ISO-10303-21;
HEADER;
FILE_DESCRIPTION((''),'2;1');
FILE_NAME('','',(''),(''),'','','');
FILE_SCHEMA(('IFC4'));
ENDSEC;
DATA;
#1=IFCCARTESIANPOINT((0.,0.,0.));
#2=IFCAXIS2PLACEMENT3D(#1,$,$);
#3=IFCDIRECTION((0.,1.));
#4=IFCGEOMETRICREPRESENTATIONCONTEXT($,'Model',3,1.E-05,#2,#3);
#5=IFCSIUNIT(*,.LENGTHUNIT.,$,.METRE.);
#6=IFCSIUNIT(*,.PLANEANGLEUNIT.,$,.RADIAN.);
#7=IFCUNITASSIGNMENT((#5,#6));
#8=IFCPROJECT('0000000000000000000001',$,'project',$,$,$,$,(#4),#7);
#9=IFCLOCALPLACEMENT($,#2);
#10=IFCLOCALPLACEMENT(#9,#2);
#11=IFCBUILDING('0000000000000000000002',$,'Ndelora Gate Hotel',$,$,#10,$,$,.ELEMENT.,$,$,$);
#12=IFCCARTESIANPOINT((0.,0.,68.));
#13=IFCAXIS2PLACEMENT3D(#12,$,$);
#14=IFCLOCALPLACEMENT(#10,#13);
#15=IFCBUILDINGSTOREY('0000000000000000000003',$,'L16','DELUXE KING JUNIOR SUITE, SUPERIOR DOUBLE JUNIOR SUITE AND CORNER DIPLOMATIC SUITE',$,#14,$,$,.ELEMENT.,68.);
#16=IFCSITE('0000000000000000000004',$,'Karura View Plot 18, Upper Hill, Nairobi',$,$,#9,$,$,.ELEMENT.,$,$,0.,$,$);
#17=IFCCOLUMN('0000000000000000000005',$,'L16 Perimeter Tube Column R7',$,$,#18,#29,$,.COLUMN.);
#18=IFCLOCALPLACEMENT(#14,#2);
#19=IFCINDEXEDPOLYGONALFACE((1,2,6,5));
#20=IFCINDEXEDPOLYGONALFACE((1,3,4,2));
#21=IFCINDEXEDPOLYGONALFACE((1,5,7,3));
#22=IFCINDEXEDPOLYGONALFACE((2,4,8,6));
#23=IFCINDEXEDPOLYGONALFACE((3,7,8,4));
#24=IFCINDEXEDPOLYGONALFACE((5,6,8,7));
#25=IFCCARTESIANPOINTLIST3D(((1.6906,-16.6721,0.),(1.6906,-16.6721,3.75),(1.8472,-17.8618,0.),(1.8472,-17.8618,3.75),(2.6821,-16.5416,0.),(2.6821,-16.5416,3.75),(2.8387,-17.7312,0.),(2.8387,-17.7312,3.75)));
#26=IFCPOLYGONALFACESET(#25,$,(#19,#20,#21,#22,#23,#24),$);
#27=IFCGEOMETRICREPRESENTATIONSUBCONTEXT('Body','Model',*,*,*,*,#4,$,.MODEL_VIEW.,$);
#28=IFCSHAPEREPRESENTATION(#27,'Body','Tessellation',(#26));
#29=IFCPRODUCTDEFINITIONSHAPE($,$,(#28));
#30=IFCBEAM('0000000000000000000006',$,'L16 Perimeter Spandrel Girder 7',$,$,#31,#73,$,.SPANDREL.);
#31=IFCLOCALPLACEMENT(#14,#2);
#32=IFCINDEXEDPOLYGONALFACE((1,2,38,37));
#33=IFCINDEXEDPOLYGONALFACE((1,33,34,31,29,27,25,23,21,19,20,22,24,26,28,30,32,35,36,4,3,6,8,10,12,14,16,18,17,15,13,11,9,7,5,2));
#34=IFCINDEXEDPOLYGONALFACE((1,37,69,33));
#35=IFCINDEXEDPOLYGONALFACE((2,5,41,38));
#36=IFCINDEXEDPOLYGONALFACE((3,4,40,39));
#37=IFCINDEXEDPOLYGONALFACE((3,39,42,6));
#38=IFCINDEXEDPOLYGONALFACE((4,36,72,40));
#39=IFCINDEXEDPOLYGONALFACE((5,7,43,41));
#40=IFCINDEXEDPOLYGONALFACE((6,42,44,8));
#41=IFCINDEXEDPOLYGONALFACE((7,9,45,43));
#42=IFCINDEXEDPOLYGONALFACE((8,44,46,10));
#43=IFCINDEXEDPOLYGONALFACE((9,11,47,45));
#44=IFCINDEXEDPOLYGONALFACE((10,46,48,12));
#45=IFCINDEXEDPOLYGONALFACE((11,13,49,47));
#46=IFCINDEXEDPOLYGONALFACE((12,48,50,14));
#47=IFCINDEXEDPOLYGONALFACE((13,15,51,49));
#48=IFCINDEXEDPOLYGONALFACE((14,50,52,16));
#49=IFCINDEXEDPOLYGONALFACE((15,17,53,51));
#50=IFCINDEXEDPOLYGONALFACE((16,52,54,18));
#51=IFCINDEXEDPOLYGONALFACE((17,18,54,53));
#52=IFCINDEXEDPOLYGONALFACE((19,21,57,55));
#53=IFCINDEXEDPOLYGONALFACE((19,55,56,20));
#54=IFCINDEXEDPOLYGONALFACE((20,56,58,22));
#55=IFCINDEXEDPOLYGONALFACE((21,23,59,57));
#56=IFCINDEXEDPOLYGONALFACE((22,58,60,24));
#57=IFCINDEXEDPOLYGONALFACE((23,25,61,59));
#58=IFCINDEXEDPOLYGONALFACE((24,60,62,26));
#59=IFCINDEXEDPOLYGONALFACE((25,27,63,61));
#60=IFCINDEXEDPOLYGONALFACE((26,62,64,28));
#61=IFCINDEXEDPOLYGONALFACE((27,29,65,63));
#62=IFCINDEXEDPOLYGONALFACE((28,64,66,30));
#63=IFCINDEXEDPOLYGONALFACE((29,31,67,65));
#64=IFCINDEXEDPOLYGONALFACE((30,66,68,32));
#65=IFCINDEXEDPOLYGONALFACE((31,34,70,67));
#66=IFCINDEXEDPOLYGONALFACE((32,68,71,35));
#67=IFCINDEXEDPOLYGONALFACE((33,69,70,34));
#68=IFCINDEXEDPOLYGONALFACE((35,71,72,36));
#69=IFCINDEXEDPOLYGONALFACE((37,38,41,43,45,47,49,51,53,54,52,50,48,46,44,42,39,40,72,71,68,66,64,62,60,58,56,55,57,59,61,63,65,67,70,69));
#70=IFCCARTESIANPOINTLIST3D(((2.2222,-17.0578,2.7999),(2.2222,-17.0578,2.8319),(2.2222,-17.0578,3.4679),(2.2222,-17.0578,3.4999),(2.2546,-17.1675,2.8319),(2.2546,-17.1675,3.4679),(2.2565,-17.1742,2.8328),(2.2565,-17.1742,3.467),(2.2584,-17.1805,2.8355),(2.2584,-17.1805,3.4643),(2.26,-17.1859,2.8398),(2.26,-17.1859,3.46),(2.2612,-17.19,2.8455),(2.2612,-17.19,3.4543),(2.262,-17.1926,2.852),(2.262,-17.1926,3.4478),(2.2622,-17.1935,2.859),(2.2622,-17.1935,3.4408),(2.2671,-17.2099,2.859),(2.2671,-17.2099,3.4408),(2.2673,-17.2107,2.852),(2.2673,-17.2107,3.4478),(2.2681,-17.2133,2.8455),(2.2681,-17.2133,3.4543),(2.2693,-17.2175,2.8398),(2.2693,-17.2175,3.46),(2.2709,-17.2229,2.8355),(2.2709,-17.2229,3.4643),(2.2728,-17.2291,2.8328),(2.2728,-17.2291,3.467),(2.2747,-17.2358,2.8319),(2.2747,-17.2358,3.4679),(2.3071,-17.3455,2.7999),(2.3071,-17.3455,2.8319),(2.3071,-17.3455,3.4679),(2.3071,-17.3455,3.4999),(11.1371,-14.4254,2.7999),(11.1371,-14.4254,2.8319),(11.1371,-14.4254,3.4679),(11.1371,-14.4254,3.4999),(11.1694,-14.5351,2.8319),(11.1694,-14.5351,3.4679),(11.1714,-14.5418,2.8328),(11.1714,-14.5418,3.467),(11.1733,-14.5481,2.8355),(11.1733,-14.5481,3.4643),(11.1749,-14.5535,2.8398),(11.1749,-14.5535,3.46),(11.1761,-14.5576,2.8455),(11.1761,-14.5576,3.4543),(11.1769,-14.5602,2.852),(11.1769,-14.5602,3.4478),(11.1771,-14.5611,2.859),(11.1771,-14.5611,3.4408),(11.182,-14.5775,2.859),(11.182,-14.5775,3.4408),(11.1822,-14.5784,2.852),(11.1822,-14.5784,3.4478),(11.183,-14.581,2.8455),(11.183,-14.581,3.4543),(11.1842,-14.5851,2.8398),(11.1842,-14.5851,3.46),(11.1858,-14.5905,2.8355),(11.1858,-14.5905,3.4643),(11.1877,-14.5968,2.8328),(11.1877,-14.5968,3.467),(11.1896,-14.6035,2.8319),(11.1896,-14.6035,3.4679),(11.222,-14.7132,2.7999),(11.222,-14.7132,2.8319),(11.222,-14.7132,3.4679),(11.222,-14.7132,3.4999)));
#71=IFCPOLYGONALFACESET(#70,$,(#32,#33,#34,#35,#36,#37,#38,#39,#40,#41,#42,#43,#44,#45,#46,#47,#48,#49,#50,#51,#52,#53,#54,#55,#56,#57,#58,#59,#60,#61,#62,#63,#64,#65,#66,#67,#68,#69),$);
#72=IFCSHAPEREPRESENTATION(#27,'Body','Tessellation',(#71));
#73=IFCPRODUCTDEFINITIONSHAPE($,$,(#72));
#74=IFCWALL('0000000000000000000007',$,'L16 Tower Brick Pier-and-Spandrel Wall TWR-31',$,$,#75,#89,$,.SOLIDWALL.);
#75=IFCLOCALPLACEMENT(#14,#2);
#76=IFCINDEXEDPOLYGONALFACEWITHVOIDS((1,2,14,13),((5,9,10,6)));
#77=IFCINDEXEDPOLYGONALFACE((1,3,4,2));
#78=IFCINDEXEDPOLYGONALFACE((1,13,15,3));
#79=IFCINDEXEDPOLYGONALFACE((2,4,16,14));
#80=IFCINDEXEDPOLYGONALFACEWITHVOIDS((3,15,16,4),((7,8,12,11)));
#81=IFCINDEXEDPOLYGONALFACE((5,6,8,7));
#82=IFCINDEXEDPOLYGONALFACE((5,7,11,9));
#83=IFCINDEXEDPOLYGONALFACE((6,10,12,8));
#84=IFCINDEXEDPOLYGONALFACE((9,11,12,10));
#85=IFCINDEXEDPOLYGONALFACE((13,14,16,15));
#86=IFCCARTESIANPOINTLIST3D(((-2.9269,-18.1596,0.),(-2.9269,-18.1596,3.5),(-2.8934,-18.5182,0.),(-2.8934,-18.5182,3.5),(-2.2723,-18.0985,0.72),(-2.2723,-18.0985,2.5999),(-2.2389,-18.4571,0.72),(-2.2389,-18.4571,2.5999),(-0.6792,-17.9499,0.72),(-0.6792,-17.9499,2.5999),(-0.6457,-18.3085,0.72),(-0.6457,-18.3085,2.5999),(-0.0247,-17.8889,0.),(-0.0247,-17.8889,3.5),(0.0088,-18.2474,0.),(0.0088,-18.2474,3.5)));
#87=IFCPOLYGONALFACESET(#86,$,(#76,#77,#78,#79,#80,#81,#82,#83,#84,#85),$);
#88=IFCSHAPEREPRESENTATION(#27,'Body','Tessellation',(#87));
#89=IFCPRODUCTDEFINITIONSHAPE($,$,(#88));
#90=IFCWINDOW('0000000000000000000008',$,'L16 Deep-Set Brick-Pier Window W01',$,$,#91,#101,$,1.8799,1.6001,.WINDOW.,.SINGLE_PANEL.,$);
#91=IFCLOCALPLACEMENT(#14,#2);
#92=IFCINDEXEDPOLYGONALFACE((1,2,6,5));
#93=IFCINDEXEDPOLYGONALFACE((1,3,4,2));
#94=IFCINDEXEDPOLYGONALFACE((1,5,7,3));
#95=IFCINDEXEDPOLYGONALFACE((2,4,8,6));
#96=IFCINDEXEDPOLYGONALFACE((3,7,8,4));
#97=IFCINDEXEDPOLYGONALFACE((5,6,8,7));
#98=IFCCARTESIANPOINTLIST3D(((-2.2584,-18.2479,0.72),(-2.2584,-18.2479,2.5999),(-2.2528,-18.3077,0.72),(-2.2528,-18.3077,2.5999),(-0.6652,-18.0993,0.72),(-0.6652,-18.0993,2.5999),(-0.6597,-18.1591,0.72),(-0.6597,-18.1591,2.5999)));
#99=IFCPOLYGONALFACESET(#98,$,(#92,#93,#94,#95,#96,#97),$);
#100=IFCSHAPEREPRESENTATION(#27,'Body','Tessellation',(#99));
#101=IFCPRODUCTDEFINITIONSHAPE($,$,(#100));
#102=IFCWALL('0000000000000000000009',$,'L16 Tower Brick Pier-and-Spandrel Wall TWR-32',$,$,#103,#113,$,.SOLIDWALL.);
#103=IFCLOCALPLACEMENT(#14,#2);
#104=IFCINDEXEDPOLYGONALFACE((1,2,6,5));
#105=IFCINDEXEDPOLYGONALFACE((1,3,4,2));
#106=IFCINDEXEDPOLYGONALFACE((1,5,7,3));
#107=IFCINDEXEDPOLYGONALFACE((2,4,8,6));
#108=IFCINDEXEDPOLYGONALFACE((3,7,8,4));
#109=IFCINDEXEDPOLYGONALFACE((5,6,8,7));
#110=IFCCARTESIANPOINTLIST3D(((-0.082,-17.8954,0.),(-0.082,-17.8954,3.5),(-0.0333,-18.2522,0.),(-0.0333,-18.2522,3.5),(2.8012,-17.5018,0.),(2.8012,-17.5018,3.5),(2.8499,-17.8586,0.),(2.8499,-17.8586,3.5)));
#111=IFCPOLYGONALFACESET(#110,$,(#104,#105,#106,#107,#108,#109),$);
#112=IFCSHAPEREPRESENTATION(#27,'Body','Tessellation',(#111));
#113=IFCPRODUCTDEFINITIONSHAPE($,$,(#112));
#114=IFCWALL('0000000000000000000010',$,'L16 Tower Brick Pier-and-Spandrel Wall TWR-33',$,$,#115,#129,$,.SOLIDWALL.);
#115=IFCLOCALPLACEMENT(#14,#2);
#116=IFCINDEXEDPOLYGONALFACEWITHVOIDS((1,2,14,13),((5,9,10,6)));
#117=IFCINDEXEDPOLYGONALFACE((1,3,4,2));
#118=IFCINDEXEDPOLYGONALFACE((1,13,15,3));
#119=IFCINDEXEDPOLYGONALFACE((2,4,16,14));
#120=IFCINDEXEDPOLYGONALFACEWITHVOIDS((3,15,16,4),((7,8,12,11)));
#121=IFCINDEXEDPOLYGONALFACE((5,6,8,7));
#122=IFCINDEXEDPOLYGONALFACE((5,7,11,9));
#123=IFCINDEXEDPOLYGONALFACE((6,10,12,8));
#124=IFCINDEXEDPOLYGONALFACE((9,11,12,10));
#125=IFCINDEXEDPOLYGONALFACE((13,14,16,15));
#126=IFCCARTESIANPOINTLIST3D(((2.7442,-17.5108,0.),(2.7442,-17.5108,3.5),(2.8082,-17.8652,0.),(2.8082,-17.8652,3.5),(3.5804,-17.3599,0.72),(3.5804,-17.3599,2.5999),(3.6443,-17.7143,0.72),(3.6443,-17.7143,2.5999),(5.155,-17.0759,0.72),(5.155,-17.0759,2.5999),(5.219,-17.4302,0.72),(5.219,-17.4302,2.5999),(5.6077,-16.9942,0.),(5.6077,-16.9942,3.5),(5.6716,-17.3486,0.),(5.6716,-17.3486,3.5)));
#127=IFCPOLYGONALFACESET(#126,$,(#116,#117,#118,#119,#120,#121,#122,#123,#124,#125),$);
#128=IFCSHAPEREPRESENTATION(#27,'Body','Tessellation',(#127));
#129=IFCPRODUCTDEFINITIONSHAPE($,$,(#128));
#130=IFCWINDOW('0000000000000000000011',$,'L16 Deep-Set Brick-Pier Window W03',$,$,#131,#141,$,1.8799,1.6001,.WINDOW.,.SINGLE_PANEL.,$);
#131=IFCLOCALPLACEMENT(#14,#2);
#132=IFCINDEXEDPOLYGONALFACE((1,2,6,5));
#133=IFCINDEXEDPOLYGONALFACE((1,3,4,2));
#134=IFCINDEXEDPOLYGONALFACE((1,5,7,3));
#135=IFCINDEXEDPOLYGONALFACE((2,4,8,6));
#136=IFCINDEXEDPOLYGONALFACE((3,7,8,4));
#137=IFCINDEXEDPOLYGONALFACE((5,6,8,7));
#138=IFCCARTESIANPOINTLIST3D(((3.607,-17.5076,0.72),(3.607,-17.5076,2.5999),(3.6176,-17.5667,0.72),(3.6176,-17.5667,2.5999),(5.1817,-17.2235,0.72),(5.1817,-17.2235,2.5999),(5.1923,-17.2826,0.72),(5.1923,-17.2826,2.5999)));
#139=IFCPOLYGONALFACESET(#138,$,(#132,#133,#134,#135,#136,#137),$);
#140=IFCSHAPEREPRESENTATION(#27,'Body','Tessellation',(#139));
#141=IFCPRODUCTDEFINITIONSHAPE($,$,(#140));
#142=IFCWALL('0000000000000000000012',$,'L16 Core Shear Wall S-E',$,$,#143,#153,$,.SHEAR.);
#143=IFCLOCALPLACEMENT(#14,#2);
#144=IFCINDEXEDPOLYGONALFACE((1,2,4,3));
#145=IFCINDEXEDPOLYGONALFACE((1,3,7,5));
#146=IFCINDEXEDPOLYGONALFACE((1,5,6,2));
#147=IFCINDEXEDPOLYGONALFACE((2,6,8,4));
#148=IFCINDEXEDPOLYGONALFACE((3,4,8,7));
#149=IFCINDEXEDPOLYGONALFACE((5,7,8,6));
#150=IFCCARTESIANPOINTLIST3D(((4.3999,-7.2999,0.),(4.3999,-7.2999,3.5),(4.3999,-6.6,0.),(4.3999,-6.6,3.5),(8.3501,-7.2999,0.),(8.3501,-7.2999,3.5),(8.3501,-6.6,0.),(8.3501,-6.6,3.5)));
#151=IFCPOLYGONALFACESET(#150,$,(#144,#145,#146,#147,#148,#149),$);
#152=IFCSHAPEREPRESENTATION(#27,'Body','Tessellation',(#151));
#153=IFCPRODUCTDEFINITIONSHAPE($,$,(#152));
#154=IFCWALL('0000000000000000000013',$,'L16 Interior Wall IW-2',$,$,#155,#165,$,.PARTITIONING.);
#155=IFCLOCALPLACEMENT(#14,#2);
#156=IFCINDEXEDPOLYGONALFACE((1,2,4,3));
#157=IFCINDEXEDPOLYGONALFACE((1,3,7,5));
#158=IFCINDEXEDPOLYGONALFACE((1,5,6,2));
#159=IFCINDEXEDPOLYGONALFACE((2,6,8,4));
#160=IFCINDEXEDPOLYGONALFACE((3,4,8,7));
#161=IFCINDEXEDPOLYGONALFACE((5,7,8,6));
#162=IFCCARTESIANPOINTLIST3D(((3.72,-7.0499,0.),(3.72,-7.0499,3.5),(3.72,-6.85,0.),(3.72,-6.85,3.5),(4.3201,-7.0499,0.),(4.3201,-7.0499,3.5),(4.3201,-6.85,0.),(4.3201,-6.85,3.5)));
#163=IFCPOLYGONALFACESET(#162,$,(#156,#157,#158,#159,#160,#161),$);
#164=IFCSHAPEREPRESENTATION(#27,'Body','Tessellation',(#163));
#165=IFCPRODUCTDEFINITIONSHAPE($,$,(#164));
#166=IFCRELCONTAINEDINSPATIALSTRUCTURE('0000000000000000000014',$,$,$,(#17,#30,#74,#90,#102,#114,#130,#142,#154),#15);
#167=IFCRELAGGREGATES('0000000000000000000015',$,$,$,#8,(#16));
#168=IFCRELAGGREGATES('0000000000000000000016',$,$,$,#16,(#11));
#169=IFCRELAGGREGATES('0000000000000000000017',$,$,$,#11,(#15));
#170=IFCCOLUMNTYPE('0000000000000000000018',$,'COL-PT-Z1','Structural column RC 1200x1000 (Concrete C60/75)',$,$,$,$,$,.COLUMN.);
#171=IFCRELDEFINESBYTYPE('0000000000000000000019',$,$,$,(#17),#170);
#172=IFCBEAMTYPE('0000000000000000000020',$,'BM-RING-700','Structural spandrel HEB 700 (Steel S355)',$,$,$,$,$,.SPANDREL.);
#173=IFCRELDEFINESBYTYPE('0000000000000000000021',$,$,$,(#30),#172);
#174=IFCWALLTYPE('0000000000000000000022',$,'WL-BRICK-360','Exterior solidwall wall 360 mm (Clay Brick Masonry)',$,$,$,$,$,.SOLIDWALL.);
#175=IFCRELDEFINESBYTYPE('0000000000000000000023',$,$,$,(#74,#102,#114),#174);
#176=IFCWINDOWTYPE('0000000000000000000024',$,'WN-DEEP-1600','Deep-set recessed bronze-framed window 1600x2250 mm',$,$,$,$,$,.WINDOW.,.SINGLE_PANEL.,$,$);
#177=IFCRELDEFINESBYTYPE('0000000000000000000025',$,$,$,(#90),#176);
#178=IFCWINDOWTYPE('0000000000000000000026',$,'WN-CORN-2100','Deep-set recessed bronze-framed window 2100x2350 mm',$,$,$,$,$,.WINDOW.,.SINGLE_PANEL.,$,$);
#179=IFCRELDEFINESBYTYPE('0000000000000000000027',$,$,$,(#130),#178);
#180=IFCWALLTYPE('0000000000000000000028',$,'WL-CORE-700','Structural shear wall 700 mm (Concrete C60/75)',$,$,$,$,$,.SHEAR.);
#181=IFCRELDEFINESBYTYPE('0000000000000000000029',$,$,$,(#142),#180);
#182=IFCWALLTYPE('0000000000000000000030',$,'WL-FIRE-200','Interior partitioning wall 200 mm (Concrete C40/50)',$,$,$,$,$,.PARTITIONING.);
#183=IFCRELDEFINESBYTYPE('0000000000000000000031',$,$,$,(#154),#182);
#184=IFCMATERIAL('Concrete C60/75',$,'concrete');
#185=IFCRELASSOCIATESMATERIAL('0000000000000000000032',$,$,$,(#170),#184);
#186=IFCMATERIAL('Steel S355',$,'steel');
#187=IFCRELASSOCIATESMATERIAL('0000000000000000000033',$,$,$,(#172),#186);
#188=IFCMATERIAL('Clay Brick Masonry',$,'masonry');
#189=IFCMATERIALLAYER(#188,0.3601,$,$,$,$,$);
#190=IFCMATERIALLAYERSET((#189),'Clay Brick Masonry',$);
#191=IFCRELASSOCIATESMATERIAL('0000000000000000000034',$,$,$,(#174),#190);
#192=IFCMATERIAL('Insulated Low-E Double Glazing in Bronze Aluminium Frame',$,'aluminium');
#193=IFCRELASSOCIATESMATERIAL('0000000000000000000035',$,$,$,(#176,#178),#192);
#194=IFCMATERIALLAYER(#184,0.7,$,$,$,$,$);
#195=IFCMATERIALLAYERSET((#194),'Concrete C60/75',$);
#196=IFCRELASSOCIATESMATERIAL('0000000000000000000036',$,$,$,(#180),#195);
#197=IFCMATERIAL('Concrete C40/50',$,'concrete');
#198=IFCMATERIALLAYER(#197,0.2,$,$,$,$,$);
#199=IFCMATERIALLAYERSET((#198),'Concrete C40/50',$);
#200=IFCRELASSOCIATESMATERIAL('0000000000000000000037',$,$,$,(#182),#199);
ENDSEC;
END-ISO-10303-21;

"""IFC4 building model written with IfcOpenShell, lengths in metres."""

from ifc_helpers import new_model, si_unit, direction, frame, frame_2d, origin, origin_2d, place, context, subcontext, project, spatial, rectangle, i_section, extrude, material, layer, layer_set, material_profile, profile_set, type_object, element, fill, save


model = new_model("IFC4")

# Units and contexts
model_context = context("Model", 3, precision=1e-05, world=origin(), true_north=direction((0.0, 1.0)))
body_context = subcontext(model_context, "Body", "Model", "MODEL_VIEW")
ifc_project = project(units=[si_unit("LENGTHUNIT", "METRE"), si_unit("PLANEANGLEUNIT", "RADIAN")], contexts=[model_context])

# Site, building, storey
site_placement = place(None, origin())
site = spatial("IfcSite", under=ifc_project, at=site_placement, Name="Karura View Plot 18, Upper Hill, Nairobi", CompositionType="ELEMENT", RefElevation=0.0)
building_placement = place(site_placement, origin())
building = spatial("IfcBuilding", under=site, at=building_placement, Name="Ndelora Gate Hotel", CompositionType="ELEMENT")
storey_placement = place(building_placement, frame((0.0, 0.0, 68.0)))
storey = spatial("IfcBuildingStorey", under=building, at=storey_placement, Name="L16", Description="DELUXE KING JUNIOR SUITE, SUPERIOR DOUBLE JUNIOR SUITE AND CORNER DIPLOMATIC SUITE", CompositionType="ELEMENT", Elevation=68.0)

# Column
ifc_material_1 = material(Name="Concrete C60/75", Category="concrete")
ifc_material_profile_1 = material_profile(ifc_material_1, rectangle(XDim=1.0, YDim=1.2, at=origin_2d()), Name="RC 1200x1000")
ifc_profile_set_1 = profile_set([ifc_material_profile_1], Name="Concrete C60/75")
column_type = type_object("IfcColumnType", Name="COL-PT-Z1", Description="Structural column RC 1200x1000 (Concrete C60/75)", PredefinedType="COLUMN", material=ifc_profile_set_1)
column_placement = place(storey_placement, frame((2.2646, -17.2017, 0.0), z_axis=(0.0, 0.0, 1.0), x_axis=(0.991445, 0.130526, 0.0)))
element("IfcColumn", 1, at=column_placement, inside=storey, type_object=column_type, Name="L16 Perimeter Tube Column R7", PredefinedType="COLUMN", context=body_context, shape_type="SweptSolid", body=[
    extrude(rectangle(XDim=1.0, YDim=1.2, at=origin_2d()), origin(), (0.0, 0.0, 1.0), 3.75),
])

# Beam
ifc_material_2 = material(Name="Steel S355", Category="steel")
ifc_material_profile_2 = material_profile(ifc_material_2, i_section(OverallWidth=0.3, OverallDepth=0.7, WebThickness=0.0171, FlangeThickness=0.032, FilletRadius=0.0271, at=origin_2d()), Name="HEB 700")
ifc_profile_set_2 = profile_set([ifc_material_profile_2], Name="Steel S355")
beam_type = type_object("IfcBeamType", Name="BM-RING-700", Description="Structural spandrel HEB 700 (Steel S355)", PredefinedType="SPANDREL", material=ifc_profile_set_2)
beam_placement = place(storey_placement, frame((2.2646, -17.2017, 3.1499), z_axis=(0.959064, 0.283189, 0.0), x_axis=(-0.283189, 0.959064, 0.0)))
element("IfcBeam", 2, at=beam_placement, inside=storey, type_object=beam_type, Name="L16 Perimeter Spandrel Girder 7", PredefinedType="SPANDREL", context=body_context, shape_type="SweptSolid", body=[
    extrude(i_section(OverallWidth=0.3, OverallDepth=0.7, WebThickness=0.0171, FlangeThickness=0.032, FilletRadius=0.0271, at=origin_2d()), origin(), (0.0, 0.0, 1.0), 9.2954),
])

# Wall, opening, window
ifc_material_3 = material(Name="Clay Brick Masonry", Category="masonry")
ifc_layer_1 = layer(ifc_material_3, 0.3601)
ifc_layer_set_1 = layer_set([ifc_layer_1], Name="Clay Brick Masonry")
wall_type_1 = type_object("IfcWallType", Name="WL-BRICK-360", Description="Exterior solidwall wall 360 mm (Clay Brick Masonry)", PredefinedType="SOLIDWALL", material=ifc_layer_set_1)
wall_1_placement = place(storey_placement, frame((-0.0078, -18.0681, 0.0), z_axis=(0.0, 0.0, 1.0), x_axis=(-0.995676, -0.092892, 0.0)))
wall_1 = element("IfcWall", 3, at=wall_1_placement, inside=storey, type_object=wall_type_1, Name="L16 Tower Brick Pier-and-Spandrel Wall TWR-31", PredefinedType="SOLIDWALL", context=body_context, shape_type="SweptSolid", body=[
    extrude(rectangle(XDim=2.9148, YDim=0.3601, at=frame_2d((1.4575, 0.0))), origin(), (0.0, 0.0, 1.0), 3.5),
])
opening_1_placement = place(wall_1_placement, frame((0.6575, 0.0, 0.72)))
opening_1 = element("IfcOpeningElement", 4, at=opening_1_placement, cuts=wall_1, PredefinedType="OPENING", context=body_context, shape_type="SweptSolid", body=[
    extrude(rectangle(XDim=1.6001, YDim=1.8799, at=frame_2d((0.8, 0.9399))), frame((0.0, 0.1899, 0.0), z_axis=(0.0, -1.0, 0.0), x_axis=(1.0, 0.0, 0.0)), (0.0, 0.0, 1.0), 0.3801),
])
ifc_material_4 = material(Name="Insulated Low-E Double Glazing in Bronze Aluminium Frame", Category="aluminium")
window_type_1 = type_object("IfcWindowType", Name="WN-DEEP-1600", Description="Deep-set recessed bronze-framed window 1600x2250 mm", PartitioningType="SINGLE_PANEL", PredefinedType="WINDOW", material=ifc_material_4)
window_1_placement = place(opening_1_placement, origin())
window_1 = element("IfcWindow", 5, at=window_1_placement, inside=storey, type_object=window_type_1, Name="L16 Deep-Set Brick-Pier Window W01", OverallHeight=1.8799, OverallWidth=1.6001, PartitioningType="SINGLE_PANEL", PredefinedType="WINDOW", context=body_context, shape_type="SweptSolid", body=[
    extrude(rectangle(XDim=1.6001, YDim=1.8799, at=frame_2d((0.8, 0.9399))), frame((0.0, 0.03, 0.0), z_axis=(0.0, -1.0, 0.0), x_axis=(1.0, 0.0, 0.0)), (0.0, 0.0, 1.0), 0.0601),
])
fill(opening_1, window_1)

# Wall
wall_2_placement = place(storey_placement, frame((2.8257, -17.6802, 0.0), z_axis=(0.0, 0.0, 1.0), x_axis=(-0.990811, -0.135252, 0.0)))
element("IfcWall", 6, at=wall_2_placement, inside=storey, type_object=wall_type_1, Name="L16 Tower Brick Pier-and-Spandrel Wall TWR-32", PredefinedType="SOLIDWALL", context=body_context, shape_type="SweptSolid", body=[
    extrude(rectangle(XDim=2.9099, YDim=0.3601, at=frame_2d((1.4551, 0.0))), origin(), (0.0, 0.0, 1.0), 3.5),
])

# Wall, opening, window
wall_3_placement = place(storey_placement, frame((5.6396, -17.1714, 0.0), z_axis=(0.0, 0.0, 1.0), x_axis=(-0.984113, -0.177541, 0.0)))
wall_3 = element("IfcWall", 7, at=wall_3_placement, inside=storey, type_object=wall_type_1, Name="L16 Tower Brick Pier-and-Spandrel Wall TWR-33", PredefinedType="SOLIDWALL", context=body_context, shape_type="SweptSolid", body=[
    extrude(rectangle(XDim=2.9097, YDim=0.3601, at=frame_2d((1.4548, 0.0))), origin(), (0.0, 0.0, 1.0), 3.5),
])
opening_2_placement = place(wall_3_placement, frame((0.46, 0.0, 0.72)))
opening_2 = element("IfcOpeningElement", 8, at=opening_2_placement, cuts=wall_3, PredefinedType="OPENING", context=body_context, shape_type="SweptSolid", body=[
    extrude(rectangle(XDim=1.6001, YDim=1.8799, at=frame_2d((0.8, 0.9399))), frame((0.0, 0.1899, 0.0), z_axis=(0.0, -1.0, 0.0), x_axis=(1.0, 0.0, 0.0)), (0.0, 0.0, 1.0), 0.3801),
])
window_type_2 = type_object("IfcWindowType", Name="WN-CORN-2100", Description="Deep-set recessed bronze-framed window 2100x2350 mm", PartitioningType="SINGLE_PANEL", PredefinedType="WINDOW", material=ifc_material_4)
window_2_placement = place(opening_2_placement, origin())
window_2 = element("IfcWindow", 9, at=window_2_placement, inside=storey, type_object=window_type_2, Name="L16 Deep-Set Brick-Pier Window W03", OverallHeight=1.8799, OverallWidth=1.6001, PartitioningType="SINGLE_PANEL", PredefinedType="WINDOW", context=body_context, shape_type="SweptSolid", body=[
    extrude(rectangle(XDim=1.6001, YDim=1.8799, at=frame_2d((0.8, 0.9399))), frame((0.0, 0.03, 0.0), z_axis=(0.0, -1.0, 0.0), x_axis=(1.0, 0.0, 0.0)), (0.0, 0.0, 1.0), 0.0601),
])
fill(opening_2, window_2)

# Walls
ifc_layer_2 = layer(ifc_material_1, 0.7)
ifc_layer_set_2 = layer_set([ifc_layer_2], Name="Concrete C60/75")
wall_type_2 = type_object("IfcWallType", Name="WL-CORE-700", Description="Structural shear wall 700 mm (Concrete C60/75)", PredefinedType="SHEAR", material=ifc_layer_set_2)
wall_4_placement = place(storey_placement, frame((4.3999, -6.95, 0.0), z_axis=(0.0, 0.0, 1.0), x_axis=(1.0, 0.0, 0.0)))
element("IfcWall", 10, at=wall_4_placement, inside=storey, type_object=wall_type_2, Name="L16 Core Shear Wall S-E", PredefinedType="SHEAR", context=body_context, shape_type="SweptSolid", body=[
    extrude(rectangle(XDim=3.9502, YDim=0.7, at=frame_2d((1.9751, 0.0))), origin(), (0.0, 0.0, 1.0), 3.5),
])
ifc_material_5 = material(Name="Concrete C40/50", Category="concrete")
ifc_layer_3 = layer(ifc_material_5, 0.2)
ifc_layer_set_3 = layer_set([ifc_layer_3], Name="Concrete C40/50")
wall_type_3 = type_object("IfcWallType", Name="WL-FIRE-200", Description="Interior partitioning wall 200 mm (Concrete C40/50)", PredefinedType="PARTITIONING", material=ifc_layer_set_3)
wall_5_placement = place(storey_placement, frame((3.72, -6.95, 0.0), z_axis=(0.0, 0.0, 1.0), x_axis=(1.0, 0.0, 0.0)))
element("IfcWall", 11, at=wall_5_placement, inside=storey, type_object=wall_type_3, Name="L16 Interior Wall IW-2", PredefinedType="PARTITIONING", context=body_context, shape_type="SweptSolid", body=[
    extrude(rectangle(XDim=0.6001, YDim=0.2, at=frame_2d((0.3, 0.0))), origin(), (0.0, 0.0, 1.0), 3.5),
])

save(model, "model.ifc")
